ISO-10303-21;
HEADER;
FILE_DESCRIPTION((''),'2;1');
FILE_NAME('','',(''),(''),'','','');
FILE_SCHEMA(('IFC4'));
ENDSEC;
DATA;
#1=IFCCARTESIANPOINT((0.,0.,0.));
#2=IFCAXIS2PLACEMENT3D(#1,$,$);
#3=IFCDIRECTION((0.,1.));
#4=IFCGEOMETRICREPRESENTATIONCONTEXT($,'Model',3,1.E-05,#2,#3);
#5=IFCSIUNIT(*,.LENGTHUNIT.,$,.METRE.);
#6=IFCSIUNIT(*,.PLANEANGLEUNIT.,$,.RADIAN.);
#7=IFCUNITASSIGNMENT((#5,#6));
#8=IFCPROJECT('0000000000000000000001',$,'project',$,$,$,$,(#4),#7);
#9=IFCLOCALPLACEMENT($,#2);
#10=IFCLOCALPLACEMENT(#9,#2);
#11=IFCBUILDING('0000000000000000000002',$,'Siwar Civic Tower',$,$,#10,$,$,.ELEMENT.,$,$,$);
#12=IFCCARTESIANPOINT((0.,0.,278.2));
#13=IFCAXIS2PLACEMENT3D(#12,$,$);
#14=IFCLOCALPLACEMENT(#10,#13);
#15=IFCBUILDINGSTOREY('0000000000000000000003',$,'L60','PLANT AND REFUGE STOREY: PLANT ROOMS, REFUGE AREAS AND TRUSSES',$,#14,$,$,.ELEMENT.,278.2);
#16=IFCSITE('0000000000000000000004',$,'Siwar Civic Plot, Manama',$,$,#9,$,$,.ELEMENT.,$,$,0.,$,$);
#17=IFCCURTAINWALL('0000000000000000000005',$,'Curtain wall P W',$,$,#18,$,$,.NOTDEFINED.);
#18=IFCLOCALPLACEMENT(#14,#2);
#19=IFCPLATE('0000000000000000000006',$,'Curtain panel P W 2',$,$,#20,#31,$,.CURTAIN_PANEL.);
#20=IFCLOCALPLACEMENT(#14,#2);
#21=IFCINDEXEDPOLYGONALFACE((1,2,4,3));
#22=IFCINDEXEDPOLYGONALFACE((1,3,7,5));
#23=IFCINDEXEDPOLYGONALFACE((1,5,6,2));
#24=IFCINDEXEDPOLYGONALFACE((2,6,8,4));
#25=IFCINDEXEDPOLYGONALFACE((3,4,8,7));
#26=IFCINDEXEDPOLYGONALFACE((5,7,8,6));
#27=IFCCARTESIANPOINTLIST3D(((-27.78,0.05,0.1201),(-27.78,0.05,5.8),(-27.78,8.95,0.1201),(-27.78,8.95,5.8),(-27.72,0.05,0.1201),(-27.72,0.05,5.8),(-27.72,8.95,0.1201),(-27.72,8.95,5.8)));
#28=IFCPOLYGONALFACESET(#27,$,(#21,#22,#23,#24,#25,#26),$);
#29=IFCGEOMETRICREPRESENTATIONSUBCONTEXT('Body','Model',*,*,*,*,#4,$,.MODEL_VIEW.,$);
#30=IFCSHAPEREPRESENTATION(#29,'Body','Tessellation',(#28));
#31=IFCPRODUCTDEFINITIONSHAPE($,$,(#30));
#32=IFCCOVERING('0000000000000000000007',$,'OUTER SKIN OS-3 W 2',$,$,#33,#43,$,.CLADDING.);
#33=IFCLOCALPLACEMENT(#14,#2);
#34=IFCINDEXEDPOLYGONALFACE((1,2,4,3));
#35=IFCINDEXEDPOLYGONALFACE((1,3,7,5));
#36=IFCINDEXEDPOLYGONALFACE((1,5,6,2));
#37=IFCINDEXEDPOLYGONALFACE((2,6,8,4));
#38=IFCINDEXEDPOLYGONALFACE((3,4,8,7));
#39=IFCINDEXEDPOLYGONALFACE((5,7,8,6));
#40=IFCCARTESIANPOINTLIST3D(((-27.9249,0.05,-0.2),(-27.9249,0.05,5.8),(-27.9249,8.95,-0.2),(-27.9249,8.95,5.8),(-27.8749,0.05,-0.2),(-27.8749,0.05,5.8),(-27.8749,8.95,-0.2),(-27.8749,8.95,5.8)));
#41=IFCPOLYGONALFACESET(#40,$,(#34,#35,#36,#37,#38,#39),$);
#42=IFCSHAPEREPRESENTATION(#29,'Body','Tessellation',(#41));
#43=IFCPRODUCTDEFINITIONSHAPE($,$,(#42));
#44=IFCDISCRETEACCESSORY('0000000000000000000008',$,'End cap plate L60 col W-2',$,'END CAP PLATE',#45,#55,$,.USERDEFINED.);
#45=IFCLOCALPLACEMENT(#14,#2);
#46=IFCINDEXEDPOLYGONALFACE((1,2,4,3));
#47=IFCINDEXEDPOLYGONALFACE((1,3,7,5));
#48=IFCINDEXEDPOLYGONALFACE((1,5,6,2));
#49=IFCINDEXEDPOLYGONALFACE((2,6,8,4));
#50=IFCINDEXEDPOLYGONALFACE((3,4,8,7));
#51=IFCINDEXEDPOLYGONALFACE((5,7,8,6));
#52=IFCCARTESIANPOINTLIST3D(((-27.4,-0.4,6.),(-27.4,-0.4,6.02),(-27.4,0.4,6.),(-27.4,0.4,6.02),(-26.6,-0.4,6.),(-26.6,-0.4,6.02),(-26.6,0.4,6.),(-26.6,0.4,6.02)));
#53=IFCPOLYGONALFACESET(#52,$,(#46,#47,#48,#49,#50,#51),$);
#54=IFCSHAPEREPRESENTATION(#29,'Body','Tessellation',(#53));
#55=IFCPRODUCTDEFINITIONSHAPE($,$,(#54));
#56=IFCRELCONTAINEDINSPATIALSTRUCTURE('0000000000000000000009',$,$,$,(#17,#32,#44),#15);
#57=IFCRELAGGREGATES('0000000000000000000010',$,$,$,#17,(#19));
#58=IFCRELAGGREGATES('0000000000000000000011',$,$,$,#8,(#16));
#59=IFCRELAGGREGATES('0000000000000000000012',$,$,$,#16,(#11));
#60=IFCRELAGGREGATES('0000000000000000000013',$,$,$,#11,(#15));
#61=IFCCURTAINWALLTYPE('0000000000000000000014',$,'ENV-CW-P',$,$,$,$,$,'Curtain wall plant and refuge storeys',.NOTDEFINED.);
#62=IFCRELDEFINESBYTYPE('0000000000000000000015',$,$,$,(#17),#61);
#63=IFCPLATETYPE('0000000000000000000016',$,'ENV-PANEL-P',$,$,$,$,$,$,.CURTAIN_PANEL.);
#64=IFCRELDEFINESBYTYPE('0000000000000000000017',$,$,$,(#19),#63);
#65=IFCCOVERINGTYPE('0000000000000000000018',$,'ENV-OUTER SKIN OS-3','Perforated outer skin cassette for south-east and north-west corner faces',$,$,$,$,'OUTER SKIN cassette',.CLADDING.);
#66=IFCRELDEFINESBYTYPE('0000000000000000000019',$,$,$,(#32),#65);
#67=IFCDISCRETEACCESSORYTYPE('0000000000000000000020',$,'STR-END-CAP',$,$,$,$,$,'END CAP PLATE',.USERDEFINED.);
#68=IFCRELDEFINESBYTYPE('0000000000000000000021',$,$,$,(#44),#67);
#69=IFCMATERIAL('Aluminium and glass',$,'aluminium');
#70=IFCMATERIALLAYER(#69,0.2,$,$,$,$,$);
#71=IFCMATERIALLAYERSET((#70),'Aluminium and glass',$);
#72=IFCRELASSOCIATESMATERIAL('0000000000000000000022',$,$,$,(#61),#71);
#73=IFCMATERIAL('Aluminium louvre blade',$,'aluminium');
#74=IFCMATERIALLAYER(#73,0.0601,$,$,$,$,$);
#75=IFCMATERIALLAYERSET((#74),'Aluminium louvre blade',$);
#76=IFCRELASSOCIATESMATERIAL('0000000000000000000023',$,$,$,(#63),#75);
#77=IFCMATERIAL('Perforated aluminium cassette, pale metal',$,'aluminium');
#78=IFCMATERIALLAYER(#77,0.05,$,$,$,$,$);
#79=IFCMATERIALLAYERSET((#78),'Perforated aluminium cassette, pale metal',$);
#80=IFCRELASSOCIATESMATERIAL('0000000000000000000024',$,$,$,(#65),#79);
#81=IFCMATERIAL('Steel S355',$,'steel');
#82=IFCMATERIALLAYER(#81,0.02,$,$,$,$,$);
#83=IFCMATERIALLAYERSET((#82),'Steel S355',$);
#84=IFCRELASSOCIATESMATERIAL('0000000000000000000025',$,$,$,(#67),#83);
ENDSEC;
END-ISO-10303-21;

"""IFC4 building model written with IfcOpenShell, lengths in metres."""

from ifc_helpers import new_model, si_unit, direction, frame, origin, origin_2d, place, context, subcontext, project, spatial, rectangle, extrude, material, layer, layer_set, type_object, element, aggregate, save


model = new_model("IFC4")

# Units and contexts
model_context = context("Model", 3, precision=1e-05, world=origin(), true_north=direction((0.0, 1.0)))
body_context = subcontext(model_context, "Body", "Model", "MODEL_VIEW")
ifc_project = project(units=[si_unit("LENGTHUNIT", "METRE"), si_unit("PLANEANGLEUNIT", "RADIAN")], contexts=[model_context])

# Site, building, storey
site_placement = place(None, origin())
site = spatial("IfcSite", under=ifc_project, at=site_placement, Name="Siwar Civic Plot, Manama", CompositionType="ELEMENT", RefElevation=0.0)
building_placement = place(site_placement, origin())
building = spatial("IfcBuilding", under=site, at=building_placement, Name="Siwar Civic Tower", CompositionType="ELEMENT")
storey_placement = place(building_placement, frame((0.0, 0.0, 278.2)))
storey = spatial("IfcBuildingStorey", under=building, at=storey_placement, Name="L60", Description="PLANT AND REFUGE STOREY: PLANT ROOMS, REFUGE AREAS AND TRUSSES", CompositionType="ELEMENT", Elevation=278.2)

# Curtain wall, plate
ifc_material_1 = material(Name="Aluminium and glass", Category="aluminium")
ifc_layer_1 = layer(ifc_material_1, 0.2)
ifc_layer_set_1 = layer_set([ifc_layer_1], Name="Aluminium and glass")
curtain_wall_type = type_object("IfcCurtainWallType", Name="ENV-CW-P", ElementType="Curtain wall plant and refuge storeys", PredefinedType="NOTDEFINED", material=ifc_layer_set_1)
curtain_wall_placement = place(storey_placement, origin())
curtain_wall = element("IfcCurtainWall", 1, at=curtain_wall_placement, inside=storey, type_object=curtain_wall_type, Name="Curtain wall P W", PredefinedType="NOTDEFINED")
ifc_material_2 = material(Name="Aluminium louvre blade", Category="aluminium")
ifc_layer_2 = layer(ifc_material_2, 0.0601)
ifc_layer_set_2 = layer_set([ifc_layer_2], Name="Aluminium louvre blade")
plate_type = type_object("IfcPlateType", Name="ENV-PANEL-P", PredefinedType="CURTAIN_PANEL", material=ifc_layer_set_2)
plate_placement = place(storey_placement, frame((-27.75, 4.5, 0.1201), z_axis=(0.0, 0.0, 1.0), x_axis=(0.0, -1.0, 0.0)))
plate = element("IfcPlate", 2, at=plate_placement, type_object=plate_type, Name="Curtain panel P W 2", PredefinedType="CURTAIN_PANEL", context=body_context, shape_type="SweptSolid", body=[
    extrude(rectangle(XDim=8.8999, YDim=0.0601, at=origin_2d()), origin(), (0.0, 0.0, 1.0), 5.6799),
])
aggregate(curtain_wall, [plate])

# Covering
ifc_material_3 = material(Name="Perforated aluminium cassette, pale metal", Category="aluminium")
ifc_layer_3 = layer(ifc_material_3, 0.05)
ifc_layer_set_3 = layer_set([ifc_layer_3], Name="Perforated aluminium cassette, pale metal")
covering_type = type_object("IfcCoveringType", Name="ENV-OUTER SKIN OS-3", Description="Perforated outer skin cassette for south-east and north-west corner faces", ElementType="OUTER SKIN cassette", PredefinedType="CLADDING", material=ifc_layer_set_3)
covering_placement = place(storey_placement, frame((-27.8999, 4.5, -0.2), z_axis=(0.0, 0.0, 1.0), x_axis=(0.0, -1.0, 0.0)))
element("IfcCovering", 3, at=covering_placement, inside=storey, type_object=covering_type, Name="OUTER SKIN OS-3 W 2", PredefinedType="CLADDING", context=body_context, shape_type="SweptSolid", body=[
    extrude(rectangle(XDim=8.8999, YDim=0.05, at=origin_2d()), origin(), (0.0, 0.0, 1.0), 6.0),
])

# Discrete accessory
ifc_material_4 = material(Name="Steel S355", Category="steel")
ifc_layer_4 = layer(ifc_material_4, 0.02)
ifc_layer_set_4 = layer_set([ifc_layer_4], Name="Steel S355")
discrete_accessory_type = type_object("IfcDiscreteAccessoryType", Name="STR-END-CAP", ElementType="END CAP PLATE", PredefinedType="USERDEFINED", material=ifc_layer_set_4)
discrete_accessory_placement = place(storey_placement, frame((-27.0, 0.0, 6.0), z_axis=(0.0, 0.0, 1.0), x_axis=(1.0, 0.0, 0.0)))
element("IfcDiscreteAccessory", 4, at=discrete_accessory_placement, inside=storey, type_object=discrete_accessory_type, Name="End cap plate L60 col W-2", ObjectType="END CAP PLATE", PredefinedType="USERDEFINED", context=body_context, shape_type="SweptSolid", body=[
    extrude(rectangle(XDim=0.8, YDim=0.8, at=origin_2d()), origin(), (0.0, 0.0, 1.0), 0.02),
])

save(model, "model.ifc")
